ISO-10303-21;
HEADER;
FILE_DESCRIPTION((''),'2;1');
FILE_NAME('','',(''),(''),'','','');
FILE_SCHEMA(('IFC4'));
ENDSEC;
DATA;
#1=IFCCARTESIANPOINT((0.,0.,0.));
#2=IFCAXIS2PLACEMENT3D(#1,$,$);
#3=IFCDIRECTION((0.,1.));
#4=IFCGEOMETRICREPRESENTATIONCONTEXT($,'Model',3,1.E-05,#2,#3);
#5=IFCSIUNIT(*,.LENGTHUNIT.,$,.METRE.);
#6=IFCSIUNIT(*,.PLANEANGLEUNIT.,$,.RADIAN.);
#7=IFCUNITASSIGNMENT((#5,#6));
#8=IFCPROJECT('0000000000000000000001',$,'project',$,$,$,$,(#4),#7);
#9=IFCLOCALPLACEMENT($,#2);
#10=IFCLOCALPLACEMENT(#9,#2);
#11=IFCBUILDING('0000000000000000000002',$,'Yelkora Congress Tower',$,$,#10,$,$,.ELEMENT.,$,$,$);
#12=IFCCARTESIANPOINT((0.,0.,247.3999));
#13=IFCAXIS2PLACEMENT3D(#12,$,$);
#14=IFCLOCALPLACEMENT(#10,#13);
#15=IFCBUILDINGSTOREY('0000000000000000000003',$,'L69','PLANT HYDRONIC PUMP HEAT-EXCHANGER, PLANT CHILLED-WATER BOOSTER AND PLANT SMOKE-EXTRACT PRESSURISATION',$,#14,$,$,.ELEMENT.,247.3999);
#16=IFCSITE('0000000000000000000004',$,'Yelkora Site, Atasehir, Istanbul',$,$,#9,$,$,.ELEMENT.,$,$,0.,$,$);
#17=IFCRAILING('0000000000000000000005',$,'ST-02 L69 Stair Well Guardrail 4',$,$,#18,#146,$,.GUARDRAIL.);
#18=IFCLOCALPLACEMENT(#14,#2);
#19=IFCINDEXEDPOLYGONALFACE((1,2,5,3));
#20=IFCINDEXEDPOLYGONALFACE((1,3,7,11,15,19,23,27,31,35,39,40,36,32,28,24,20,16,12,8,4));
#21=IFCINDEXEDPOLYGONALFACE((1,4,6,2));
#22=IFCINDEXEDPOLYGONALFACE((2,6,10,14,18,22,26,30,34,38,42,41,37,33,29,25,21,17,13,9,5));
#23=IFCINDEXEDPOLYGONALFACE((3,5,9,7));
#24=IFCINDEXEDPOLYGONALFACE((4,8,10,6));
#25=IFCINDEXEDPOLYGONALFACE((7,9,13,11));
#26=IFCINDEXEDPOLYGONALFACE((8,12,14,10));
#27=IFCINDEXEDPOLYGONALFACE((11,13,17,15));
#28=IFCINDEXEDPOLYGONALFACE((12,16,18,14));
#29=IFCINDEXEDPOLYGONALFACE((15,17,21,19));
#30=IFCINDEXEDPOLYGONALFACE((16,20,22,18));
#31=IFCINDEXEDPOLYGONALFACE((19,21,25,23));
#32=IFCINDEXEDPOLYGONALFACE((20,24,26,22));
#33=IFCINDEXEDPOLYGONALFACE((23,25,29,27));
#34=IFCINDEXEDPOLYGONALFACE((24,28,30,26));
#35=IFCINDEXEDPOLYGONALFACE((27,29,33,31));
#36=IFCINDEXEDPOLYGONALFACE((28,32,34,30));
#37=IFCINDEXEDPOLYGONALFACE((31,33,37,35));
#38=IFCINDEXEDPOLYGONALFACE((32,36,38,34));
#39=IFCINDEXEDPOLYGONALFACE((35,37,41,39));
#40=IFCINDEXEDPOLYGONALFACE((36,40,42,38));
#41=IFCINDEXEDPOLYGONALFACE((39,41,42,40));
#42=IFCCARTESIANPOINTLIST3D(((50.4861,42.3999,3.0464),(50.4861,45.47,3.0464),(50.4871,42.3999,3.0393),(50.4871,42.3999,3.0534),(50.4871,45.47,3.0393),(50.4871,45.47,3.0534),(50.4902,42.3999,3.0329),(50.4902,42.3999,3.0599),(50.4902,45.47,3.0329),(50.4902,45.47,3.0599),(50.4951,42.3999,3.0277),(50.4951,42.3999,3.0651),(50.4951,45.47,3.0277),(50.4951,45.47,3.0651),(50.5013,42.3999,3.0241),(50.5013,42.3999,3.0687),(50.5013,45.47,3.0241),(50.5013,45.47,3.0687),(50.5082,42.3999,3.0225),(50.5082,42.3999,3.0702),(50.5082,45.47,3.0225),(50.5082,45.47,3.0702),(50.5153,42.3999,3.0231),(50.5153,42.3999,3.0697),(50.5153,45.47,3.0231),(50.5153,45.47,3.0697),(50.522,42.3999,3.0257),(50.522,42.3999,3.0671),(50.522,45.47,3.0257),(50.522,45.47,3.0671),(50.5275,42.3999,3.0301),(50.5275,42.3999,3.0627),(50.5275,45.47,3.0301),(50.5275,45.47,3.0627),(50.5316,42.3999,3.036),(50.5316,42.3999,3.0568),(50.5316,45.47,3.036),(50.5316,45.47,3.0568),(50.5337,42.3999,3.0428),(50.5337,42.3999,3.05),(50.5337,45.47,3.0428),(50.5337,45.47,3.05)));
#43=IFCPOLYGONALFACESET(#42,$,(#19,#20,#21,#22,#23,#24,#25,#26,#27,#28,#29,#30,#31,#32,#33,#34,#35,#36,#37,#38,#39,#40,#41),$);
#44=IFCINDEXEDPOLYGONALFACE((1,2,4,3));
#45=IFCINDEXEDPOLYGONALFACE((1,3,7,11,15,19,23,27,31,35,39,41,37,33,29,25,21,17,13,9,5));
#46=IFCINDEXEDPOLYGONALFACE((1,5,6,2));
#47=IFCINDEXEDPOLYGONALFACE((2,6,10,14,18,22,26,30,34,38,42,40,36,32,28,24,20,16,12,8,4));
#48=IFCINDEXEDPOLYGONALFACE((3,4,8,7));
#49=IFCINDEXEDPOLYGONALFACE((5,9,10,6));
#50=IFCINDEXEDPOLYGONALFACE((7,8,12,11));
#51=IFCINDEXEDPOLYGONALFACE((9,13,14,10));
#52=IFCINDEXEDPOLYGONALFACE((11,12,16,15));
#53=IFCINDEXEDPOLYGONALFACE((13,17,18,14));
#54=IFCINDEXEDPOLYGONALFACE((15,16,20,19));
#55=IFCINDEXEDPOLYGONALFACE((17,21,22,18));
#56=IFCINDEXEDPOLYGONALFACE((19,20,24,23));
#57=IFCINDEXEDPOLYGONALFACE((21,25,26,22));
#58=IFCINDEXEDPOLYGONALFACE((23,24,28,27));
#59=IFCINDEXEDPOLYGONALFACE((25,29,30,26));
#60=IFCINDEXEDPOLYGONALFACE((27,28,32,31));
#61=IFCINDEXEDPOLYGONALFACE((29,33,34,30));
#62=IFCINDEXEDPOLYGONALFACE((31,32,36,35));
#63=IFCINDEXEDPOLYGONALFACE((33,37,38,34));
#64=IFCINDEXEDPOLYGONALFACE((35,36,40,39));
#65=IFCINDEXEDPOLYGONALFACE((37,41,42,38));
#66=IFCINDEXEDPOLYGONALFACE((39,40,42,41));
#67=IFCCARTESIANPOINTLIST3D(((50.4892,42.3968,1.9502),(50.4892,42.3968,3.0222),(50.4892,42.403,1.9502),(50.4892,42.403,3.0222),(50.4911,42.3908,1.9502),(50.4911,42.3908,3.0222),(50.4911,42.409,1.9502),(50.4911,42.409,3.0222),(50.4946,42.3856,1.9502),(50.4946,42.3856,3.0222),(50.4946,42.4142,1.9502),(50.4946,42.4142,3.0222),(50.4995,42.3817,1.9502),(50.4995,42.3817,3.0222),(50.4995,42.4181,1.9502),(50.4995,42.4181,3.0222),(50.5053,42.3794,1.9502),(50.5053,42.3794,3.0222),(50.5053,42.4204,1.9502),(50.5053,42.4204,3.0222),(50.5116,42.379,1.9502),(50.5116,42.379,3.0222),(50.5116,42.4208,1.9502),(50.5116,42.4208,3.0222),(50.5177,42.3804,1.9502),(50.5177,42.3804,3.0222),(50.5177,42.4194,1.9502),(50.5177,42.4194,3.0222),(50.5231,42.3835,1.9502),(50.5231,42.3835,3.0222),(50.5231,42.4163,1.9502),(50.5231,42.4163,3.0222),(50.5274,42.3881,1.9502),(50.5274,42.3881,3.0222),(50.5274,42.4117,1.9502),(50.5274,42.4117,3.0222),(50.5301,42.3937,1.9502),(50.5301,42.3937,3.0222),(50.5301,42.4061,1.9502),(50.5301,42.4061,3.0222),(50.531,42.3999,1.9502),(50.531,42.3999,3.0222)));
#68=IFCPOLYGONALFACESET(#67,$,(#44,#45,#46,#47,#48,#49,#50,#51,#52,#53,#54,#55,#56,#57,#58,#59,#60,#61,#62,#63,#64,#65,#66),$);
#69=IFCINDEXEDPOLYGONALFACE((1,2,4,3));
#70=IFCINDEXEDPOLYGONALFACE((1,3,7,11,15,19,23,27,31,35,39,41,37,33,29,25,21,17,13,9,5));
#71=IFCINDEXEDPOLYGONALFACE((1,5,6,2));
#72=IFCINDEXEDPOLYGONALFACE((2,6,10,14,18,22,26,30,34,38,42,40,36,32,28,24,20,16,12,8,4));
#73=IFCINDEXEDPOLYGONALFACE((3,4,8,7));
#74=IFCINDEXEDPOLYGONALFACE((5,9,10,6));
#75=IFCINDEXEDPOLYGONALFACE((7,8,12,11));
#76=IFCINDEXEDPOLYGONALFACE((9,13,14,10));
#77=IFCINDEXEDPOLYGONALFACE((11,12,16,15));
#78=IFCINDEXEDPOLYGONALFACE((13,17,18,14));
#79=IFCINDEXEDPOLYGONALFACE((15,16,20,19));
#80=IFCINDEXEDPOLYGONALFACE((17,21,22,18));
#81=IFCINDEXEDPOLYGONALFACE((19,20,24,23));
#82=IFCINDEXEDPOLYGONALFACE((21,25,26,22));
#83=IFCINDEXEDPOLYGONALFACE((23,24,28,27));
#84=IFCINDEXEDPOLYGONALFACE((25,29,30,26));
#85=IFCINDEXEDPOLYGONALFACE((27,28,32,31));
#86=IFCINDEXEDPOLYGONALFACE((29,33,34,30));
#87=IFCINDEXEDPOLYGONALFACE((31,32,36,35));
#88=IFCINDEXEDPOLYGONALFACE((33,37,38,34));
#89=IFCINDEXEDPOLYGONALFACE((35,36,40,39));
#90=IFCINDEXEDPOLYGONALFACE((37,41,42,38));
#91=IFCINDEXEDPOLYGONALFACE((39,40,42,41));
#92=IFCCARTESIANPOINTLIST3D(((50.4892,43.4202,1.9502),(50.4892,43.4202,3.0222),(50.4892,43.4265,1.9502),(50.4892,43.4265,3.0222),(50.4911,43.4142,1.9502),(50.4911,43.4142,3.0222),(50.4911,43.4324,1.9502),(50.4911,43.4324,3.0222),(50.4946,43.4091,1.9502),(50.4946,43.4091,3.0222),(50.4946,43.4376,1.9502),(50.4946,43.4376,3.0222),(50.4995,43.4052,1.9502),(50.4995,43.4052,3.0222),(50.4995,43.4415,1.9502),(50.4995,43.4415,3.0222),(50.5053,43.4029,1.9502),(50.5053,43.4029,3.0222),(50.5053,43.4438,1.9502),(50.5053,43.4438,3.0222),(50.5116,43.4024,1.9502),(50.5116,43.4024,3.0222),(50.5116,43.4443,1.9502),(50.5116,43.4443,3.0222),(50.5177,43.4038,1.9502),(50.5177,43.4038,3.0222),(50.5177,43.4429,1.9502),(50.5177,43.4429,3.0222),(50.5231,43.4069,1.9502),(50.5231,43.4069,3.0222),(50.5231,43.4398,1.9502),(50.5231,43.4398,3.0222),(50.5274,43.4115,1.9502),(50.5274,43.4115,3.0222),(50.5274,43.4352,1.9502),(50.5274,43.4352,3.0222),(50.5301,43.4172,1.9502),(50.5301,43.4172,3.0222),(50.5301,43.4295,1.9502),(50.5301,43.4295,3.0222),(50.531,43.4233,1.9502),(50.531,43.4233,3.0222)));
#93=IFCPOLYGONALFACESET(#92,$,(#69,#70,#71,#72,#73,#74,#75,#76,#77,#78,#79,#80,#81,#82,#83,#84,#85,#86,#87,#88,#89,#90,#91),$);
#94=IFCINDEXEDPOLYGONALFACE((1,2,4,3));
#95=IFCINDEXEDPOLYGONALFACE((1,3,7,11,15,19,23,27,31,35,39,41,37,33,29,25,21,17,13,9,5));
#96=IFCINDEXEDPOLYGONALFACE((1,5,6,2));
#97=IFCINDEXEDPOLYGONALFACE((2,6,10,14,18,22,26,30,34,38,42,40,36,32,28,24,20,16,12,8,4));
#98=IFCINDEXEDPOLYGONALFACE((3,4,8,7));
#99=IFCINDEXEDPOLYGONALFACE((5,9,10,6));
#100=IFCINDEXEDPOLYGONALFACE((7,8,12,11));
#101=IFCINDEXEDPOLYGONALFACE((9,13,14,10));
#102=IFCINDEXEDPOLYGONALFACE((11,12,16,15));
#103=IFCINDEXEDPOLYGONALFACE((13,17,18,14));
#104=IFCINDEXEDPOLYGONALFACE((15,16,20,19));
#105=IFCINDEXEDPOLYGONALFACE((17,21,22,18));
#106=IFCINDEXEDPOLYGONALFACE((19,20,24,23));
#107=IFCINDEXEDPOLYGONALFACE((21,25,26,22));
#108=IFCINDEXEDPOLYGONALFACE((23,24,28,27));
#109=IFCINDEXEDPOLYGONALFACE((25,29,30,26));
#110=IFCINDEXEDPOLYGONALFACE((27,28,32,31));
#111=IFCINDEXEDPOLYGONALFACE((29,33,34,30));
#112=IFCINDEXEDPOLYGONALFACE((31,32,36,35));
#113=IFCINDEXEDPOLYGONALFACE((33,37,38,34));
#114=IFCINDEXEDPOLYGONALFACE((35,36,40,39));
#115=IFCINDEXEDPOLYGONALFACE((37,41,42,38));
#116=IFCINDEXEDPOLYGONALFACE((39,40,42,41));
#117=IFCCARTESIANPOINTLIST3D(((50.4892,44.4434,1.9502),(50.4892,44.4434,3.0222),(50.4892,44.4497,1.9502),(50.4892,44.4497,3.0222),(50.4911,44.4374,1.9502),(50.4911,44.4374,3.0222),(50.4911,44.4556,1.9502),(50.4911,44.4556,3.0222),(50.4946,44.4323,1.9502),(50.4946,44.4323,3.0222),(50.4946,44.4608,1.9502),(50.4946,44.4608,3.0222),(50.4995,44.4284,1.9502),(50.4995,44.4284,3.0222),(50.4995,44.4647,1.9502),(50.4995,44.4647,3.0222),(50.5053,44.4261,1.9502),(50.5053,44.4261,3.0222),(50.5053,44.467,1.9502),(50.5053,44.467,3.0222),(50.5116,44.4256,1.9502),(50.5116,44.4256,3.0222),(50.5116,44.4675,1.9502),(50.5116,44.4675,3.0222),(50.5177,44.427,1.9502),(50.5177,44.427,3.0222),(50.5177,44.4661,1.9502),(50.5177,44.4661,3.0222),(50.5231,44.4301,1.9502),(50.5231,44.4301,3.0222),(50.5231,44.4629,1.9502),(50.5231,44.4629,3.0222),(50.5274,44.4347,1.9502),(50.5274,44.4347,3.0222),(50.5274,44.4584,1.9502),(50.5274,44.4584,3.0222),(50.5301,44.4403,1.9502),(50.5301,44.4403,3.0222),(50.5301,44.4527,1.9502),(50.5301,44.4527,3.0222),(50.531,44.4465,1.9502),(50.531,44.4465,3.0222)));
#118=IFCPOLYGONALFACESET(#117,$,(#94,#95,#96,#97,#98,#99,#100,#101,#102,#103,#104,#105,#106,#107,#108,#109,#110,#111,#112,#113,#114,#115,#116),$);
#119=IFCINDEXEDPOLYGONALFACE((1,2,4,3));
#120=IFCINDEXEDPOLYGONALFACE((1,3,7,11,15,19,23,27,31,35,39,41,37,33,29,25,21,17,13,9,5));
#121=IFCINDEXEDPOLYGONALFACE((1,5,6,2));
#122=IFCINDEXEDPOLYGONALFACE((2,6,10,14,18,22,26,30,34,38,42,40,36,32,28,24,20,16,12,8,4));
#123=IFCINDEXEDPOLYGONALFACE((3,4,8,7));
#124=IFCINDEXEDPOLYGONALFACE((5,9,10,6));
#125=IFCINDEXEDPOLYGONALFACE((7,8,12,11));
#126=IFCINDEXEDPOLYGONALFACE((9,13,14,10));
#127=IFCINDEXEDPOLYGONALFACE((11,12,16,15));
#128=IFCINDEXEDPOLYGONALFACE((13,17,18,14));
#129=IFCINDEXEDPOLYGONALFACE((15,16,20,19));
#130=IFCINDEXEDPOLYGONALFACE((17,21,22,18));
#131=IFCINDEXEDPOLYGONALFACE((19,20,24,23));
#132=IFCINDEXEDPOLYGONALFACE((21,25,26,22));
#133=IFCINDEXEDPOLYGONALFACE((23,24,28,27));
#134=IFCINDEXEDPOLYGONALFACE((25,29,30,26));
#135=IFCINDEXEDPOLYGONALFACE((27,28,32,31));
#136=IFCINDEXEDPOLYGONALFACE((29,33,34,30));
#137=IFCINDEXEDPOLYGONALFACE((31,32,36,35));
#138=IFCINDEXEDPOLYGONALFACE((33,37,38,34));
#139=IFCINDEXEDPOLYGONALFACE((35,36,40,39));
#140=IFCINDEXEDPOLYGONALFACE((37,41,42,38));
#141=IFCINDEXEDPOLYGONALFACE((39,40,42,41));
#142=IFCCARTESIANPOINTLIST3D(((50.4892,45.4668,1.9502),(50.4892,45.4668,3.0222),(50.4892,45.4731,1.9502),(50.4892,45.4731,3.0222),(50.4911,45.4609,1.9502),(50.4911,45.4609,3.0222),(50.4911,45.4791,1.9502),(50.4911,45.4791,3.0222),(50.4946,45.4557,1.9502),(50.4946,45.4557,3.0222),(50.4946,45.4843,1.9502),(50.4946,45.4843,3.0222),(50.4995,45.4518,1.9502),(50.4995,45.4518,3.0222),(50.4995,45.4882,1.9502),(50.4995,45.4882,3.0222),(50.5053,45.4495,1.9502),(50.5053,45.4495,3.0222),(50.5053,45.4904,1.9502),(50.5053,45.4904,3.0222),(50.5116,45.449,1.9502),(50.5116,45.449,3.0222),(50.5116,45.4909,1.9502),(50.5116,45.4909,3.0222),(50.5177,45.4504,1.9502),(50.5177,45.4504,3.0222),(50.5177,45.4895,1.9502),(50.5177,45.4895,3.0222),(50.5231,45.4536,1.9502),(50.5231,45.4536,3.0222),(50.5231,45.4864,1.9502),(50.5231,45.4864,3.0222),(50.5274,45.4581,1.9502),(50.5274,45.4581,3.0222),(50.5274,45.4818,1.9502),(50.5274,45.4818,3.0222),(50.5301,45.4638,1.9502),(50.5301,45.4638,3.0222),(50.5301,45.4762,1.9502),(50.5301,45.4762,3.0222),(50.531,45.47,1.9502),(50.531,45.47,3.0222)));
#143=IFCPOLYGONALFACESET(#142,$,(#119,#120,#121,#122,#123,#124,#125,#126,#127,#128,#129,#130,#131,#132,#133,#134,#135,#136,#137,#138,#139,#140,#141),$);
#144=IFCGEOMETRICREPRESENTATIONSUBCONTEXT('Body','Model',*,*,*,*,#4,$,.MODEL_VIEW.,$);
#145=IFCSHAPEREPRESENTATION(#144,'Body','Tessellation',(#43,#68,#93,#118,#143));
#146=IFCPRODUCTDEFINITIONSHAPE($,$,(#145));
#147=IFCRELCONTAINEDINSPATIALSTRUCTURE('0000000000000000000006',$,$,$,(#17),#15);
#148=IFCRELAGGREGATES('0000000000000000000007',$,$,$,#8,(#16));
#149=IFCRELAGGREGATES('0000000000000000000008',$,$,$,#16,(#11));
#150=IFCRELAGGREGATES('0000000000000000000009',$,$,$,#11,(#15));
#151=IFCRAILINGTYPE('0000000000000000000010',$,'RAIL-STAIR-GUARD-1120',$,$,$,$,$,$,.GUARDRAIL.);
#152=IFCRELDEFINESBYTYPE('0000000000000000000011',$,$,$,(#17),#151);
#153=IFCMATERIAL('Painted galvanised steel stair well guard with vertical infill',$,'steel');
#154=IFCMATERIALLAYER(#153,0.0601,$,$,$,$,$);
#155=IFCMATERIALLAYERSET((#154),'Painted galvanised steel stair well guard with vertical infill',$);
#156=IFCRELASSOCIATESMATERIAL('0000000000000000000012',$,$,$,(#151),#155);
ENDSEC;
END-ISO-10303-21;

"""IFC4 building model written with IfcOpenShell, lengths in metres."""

from ifc_helpers import new_model, si_unit, direction, frame, origin, origin_2d, place, context, subcontext, project, spatial, circle, extrude, material, layer, layer_set, type_object, element, save


model = new_model("IFC4")

# Units and contexts
model_context = context("Model", 3, precision=1e-05, world=origin(), true_north=direction((0.0, 1.0)))
body_context = subcontext(model_context, "Body", "Model", "MODEL_VIEW")
ifc_project = project(units=[si_unit("LENGTHUNIT", "METRE"), si_unit("PLANEANGLEUNIT", "RADIAN")], contexts=[model_context])

# Site, building, storey
site_placement = place(None, origin())
site = spatial("IfcSite", under=ifc_project, at=site_placement, Name="Yelkora Site, Atasehir, Istanbul", CompositionType="ELEMENT", RefElevation=0.0)
building_placement = place(site_placement, origin())
building = spatial("IfcBuilding", under=site, at=building_placement, Name="Yelkora Congress Tower", CompositionType="ELEMENT")
storey_placement = place(building_placement, frame((0.0, 0.0, 247.3999)))
storey = spatial("IfcBuildingStorey", under=building, at=storey_placement, Name="L69", Description="PLANT HYDRONIC PUMP HEAT-EXCHANGER, PLANT CHILLED-WATER BOOSTER AND PLANT SMOKE-EXTRACT PRESSURISATION", CompositionType="ELEMENT", Elevation=247.3999)

# Railing
ifc_material_1 = material(Name="Painted galvanised steel stair well guard with vertical infill", Category="steel")
ifc_layer_1 = layer(ifc_material_1, 0.0601)
ifc_layer_set_1 = layer_set([ifc_layer_1], Name="Painted galvanised steel stair well guard with vertical infill")
railing_type_1 = type_object("IfcRailingType", Name="RAIL-STAIR-GUARD-1120", PredefinedType="GUARDRAIL", material=ifc_layer_set_1)
for number, where, name in (
    (1, (50.51, 42.3999, 1.9502), "ST-02 L69 Stair Well Guardrail 4"),
):
    element("IfcRailing", number, at=place(storey_placement, frame(where)), inside=storey, type_object=railing_type_1, Name=name, PredefinedType="GUARDRAIL", context=body_context, shape_type="SweptSolid", body=[
        extrude(circle(Radius=0.0239, at=origin_2d()), frame((0.0, 0.0, 1.0962), z_axis=(0.0, 1.0, 0.0), x_axis=(-1.0, 0.0, 0.0)), (0.0, 0.0, 1.0), 3.0701),
        extrude(circle(Radius=0.021, at=origin_2d()), origin(), (0.0, 0.0, 1.0), 1.072),
        extrude(circle(Radius=0.021, at=origin_2d()), frame((0.0, 1.0234, 0.0)), (0.0, 0.0, 1.0), 1.072),
        extrude(circle(Radius=0.021, at=origin_2d()), frame((0.0, 2.0466, 0.0)), (0.0, 0.0, 1.0), 1.072),
        extrude(circle(Radius=0.021, at=origin_2d()), frame((0.0, 3.0701, 0.0)), (0.0, 0.0, 1.0), 1.072),
    ])

save(model, "model.ifc")
